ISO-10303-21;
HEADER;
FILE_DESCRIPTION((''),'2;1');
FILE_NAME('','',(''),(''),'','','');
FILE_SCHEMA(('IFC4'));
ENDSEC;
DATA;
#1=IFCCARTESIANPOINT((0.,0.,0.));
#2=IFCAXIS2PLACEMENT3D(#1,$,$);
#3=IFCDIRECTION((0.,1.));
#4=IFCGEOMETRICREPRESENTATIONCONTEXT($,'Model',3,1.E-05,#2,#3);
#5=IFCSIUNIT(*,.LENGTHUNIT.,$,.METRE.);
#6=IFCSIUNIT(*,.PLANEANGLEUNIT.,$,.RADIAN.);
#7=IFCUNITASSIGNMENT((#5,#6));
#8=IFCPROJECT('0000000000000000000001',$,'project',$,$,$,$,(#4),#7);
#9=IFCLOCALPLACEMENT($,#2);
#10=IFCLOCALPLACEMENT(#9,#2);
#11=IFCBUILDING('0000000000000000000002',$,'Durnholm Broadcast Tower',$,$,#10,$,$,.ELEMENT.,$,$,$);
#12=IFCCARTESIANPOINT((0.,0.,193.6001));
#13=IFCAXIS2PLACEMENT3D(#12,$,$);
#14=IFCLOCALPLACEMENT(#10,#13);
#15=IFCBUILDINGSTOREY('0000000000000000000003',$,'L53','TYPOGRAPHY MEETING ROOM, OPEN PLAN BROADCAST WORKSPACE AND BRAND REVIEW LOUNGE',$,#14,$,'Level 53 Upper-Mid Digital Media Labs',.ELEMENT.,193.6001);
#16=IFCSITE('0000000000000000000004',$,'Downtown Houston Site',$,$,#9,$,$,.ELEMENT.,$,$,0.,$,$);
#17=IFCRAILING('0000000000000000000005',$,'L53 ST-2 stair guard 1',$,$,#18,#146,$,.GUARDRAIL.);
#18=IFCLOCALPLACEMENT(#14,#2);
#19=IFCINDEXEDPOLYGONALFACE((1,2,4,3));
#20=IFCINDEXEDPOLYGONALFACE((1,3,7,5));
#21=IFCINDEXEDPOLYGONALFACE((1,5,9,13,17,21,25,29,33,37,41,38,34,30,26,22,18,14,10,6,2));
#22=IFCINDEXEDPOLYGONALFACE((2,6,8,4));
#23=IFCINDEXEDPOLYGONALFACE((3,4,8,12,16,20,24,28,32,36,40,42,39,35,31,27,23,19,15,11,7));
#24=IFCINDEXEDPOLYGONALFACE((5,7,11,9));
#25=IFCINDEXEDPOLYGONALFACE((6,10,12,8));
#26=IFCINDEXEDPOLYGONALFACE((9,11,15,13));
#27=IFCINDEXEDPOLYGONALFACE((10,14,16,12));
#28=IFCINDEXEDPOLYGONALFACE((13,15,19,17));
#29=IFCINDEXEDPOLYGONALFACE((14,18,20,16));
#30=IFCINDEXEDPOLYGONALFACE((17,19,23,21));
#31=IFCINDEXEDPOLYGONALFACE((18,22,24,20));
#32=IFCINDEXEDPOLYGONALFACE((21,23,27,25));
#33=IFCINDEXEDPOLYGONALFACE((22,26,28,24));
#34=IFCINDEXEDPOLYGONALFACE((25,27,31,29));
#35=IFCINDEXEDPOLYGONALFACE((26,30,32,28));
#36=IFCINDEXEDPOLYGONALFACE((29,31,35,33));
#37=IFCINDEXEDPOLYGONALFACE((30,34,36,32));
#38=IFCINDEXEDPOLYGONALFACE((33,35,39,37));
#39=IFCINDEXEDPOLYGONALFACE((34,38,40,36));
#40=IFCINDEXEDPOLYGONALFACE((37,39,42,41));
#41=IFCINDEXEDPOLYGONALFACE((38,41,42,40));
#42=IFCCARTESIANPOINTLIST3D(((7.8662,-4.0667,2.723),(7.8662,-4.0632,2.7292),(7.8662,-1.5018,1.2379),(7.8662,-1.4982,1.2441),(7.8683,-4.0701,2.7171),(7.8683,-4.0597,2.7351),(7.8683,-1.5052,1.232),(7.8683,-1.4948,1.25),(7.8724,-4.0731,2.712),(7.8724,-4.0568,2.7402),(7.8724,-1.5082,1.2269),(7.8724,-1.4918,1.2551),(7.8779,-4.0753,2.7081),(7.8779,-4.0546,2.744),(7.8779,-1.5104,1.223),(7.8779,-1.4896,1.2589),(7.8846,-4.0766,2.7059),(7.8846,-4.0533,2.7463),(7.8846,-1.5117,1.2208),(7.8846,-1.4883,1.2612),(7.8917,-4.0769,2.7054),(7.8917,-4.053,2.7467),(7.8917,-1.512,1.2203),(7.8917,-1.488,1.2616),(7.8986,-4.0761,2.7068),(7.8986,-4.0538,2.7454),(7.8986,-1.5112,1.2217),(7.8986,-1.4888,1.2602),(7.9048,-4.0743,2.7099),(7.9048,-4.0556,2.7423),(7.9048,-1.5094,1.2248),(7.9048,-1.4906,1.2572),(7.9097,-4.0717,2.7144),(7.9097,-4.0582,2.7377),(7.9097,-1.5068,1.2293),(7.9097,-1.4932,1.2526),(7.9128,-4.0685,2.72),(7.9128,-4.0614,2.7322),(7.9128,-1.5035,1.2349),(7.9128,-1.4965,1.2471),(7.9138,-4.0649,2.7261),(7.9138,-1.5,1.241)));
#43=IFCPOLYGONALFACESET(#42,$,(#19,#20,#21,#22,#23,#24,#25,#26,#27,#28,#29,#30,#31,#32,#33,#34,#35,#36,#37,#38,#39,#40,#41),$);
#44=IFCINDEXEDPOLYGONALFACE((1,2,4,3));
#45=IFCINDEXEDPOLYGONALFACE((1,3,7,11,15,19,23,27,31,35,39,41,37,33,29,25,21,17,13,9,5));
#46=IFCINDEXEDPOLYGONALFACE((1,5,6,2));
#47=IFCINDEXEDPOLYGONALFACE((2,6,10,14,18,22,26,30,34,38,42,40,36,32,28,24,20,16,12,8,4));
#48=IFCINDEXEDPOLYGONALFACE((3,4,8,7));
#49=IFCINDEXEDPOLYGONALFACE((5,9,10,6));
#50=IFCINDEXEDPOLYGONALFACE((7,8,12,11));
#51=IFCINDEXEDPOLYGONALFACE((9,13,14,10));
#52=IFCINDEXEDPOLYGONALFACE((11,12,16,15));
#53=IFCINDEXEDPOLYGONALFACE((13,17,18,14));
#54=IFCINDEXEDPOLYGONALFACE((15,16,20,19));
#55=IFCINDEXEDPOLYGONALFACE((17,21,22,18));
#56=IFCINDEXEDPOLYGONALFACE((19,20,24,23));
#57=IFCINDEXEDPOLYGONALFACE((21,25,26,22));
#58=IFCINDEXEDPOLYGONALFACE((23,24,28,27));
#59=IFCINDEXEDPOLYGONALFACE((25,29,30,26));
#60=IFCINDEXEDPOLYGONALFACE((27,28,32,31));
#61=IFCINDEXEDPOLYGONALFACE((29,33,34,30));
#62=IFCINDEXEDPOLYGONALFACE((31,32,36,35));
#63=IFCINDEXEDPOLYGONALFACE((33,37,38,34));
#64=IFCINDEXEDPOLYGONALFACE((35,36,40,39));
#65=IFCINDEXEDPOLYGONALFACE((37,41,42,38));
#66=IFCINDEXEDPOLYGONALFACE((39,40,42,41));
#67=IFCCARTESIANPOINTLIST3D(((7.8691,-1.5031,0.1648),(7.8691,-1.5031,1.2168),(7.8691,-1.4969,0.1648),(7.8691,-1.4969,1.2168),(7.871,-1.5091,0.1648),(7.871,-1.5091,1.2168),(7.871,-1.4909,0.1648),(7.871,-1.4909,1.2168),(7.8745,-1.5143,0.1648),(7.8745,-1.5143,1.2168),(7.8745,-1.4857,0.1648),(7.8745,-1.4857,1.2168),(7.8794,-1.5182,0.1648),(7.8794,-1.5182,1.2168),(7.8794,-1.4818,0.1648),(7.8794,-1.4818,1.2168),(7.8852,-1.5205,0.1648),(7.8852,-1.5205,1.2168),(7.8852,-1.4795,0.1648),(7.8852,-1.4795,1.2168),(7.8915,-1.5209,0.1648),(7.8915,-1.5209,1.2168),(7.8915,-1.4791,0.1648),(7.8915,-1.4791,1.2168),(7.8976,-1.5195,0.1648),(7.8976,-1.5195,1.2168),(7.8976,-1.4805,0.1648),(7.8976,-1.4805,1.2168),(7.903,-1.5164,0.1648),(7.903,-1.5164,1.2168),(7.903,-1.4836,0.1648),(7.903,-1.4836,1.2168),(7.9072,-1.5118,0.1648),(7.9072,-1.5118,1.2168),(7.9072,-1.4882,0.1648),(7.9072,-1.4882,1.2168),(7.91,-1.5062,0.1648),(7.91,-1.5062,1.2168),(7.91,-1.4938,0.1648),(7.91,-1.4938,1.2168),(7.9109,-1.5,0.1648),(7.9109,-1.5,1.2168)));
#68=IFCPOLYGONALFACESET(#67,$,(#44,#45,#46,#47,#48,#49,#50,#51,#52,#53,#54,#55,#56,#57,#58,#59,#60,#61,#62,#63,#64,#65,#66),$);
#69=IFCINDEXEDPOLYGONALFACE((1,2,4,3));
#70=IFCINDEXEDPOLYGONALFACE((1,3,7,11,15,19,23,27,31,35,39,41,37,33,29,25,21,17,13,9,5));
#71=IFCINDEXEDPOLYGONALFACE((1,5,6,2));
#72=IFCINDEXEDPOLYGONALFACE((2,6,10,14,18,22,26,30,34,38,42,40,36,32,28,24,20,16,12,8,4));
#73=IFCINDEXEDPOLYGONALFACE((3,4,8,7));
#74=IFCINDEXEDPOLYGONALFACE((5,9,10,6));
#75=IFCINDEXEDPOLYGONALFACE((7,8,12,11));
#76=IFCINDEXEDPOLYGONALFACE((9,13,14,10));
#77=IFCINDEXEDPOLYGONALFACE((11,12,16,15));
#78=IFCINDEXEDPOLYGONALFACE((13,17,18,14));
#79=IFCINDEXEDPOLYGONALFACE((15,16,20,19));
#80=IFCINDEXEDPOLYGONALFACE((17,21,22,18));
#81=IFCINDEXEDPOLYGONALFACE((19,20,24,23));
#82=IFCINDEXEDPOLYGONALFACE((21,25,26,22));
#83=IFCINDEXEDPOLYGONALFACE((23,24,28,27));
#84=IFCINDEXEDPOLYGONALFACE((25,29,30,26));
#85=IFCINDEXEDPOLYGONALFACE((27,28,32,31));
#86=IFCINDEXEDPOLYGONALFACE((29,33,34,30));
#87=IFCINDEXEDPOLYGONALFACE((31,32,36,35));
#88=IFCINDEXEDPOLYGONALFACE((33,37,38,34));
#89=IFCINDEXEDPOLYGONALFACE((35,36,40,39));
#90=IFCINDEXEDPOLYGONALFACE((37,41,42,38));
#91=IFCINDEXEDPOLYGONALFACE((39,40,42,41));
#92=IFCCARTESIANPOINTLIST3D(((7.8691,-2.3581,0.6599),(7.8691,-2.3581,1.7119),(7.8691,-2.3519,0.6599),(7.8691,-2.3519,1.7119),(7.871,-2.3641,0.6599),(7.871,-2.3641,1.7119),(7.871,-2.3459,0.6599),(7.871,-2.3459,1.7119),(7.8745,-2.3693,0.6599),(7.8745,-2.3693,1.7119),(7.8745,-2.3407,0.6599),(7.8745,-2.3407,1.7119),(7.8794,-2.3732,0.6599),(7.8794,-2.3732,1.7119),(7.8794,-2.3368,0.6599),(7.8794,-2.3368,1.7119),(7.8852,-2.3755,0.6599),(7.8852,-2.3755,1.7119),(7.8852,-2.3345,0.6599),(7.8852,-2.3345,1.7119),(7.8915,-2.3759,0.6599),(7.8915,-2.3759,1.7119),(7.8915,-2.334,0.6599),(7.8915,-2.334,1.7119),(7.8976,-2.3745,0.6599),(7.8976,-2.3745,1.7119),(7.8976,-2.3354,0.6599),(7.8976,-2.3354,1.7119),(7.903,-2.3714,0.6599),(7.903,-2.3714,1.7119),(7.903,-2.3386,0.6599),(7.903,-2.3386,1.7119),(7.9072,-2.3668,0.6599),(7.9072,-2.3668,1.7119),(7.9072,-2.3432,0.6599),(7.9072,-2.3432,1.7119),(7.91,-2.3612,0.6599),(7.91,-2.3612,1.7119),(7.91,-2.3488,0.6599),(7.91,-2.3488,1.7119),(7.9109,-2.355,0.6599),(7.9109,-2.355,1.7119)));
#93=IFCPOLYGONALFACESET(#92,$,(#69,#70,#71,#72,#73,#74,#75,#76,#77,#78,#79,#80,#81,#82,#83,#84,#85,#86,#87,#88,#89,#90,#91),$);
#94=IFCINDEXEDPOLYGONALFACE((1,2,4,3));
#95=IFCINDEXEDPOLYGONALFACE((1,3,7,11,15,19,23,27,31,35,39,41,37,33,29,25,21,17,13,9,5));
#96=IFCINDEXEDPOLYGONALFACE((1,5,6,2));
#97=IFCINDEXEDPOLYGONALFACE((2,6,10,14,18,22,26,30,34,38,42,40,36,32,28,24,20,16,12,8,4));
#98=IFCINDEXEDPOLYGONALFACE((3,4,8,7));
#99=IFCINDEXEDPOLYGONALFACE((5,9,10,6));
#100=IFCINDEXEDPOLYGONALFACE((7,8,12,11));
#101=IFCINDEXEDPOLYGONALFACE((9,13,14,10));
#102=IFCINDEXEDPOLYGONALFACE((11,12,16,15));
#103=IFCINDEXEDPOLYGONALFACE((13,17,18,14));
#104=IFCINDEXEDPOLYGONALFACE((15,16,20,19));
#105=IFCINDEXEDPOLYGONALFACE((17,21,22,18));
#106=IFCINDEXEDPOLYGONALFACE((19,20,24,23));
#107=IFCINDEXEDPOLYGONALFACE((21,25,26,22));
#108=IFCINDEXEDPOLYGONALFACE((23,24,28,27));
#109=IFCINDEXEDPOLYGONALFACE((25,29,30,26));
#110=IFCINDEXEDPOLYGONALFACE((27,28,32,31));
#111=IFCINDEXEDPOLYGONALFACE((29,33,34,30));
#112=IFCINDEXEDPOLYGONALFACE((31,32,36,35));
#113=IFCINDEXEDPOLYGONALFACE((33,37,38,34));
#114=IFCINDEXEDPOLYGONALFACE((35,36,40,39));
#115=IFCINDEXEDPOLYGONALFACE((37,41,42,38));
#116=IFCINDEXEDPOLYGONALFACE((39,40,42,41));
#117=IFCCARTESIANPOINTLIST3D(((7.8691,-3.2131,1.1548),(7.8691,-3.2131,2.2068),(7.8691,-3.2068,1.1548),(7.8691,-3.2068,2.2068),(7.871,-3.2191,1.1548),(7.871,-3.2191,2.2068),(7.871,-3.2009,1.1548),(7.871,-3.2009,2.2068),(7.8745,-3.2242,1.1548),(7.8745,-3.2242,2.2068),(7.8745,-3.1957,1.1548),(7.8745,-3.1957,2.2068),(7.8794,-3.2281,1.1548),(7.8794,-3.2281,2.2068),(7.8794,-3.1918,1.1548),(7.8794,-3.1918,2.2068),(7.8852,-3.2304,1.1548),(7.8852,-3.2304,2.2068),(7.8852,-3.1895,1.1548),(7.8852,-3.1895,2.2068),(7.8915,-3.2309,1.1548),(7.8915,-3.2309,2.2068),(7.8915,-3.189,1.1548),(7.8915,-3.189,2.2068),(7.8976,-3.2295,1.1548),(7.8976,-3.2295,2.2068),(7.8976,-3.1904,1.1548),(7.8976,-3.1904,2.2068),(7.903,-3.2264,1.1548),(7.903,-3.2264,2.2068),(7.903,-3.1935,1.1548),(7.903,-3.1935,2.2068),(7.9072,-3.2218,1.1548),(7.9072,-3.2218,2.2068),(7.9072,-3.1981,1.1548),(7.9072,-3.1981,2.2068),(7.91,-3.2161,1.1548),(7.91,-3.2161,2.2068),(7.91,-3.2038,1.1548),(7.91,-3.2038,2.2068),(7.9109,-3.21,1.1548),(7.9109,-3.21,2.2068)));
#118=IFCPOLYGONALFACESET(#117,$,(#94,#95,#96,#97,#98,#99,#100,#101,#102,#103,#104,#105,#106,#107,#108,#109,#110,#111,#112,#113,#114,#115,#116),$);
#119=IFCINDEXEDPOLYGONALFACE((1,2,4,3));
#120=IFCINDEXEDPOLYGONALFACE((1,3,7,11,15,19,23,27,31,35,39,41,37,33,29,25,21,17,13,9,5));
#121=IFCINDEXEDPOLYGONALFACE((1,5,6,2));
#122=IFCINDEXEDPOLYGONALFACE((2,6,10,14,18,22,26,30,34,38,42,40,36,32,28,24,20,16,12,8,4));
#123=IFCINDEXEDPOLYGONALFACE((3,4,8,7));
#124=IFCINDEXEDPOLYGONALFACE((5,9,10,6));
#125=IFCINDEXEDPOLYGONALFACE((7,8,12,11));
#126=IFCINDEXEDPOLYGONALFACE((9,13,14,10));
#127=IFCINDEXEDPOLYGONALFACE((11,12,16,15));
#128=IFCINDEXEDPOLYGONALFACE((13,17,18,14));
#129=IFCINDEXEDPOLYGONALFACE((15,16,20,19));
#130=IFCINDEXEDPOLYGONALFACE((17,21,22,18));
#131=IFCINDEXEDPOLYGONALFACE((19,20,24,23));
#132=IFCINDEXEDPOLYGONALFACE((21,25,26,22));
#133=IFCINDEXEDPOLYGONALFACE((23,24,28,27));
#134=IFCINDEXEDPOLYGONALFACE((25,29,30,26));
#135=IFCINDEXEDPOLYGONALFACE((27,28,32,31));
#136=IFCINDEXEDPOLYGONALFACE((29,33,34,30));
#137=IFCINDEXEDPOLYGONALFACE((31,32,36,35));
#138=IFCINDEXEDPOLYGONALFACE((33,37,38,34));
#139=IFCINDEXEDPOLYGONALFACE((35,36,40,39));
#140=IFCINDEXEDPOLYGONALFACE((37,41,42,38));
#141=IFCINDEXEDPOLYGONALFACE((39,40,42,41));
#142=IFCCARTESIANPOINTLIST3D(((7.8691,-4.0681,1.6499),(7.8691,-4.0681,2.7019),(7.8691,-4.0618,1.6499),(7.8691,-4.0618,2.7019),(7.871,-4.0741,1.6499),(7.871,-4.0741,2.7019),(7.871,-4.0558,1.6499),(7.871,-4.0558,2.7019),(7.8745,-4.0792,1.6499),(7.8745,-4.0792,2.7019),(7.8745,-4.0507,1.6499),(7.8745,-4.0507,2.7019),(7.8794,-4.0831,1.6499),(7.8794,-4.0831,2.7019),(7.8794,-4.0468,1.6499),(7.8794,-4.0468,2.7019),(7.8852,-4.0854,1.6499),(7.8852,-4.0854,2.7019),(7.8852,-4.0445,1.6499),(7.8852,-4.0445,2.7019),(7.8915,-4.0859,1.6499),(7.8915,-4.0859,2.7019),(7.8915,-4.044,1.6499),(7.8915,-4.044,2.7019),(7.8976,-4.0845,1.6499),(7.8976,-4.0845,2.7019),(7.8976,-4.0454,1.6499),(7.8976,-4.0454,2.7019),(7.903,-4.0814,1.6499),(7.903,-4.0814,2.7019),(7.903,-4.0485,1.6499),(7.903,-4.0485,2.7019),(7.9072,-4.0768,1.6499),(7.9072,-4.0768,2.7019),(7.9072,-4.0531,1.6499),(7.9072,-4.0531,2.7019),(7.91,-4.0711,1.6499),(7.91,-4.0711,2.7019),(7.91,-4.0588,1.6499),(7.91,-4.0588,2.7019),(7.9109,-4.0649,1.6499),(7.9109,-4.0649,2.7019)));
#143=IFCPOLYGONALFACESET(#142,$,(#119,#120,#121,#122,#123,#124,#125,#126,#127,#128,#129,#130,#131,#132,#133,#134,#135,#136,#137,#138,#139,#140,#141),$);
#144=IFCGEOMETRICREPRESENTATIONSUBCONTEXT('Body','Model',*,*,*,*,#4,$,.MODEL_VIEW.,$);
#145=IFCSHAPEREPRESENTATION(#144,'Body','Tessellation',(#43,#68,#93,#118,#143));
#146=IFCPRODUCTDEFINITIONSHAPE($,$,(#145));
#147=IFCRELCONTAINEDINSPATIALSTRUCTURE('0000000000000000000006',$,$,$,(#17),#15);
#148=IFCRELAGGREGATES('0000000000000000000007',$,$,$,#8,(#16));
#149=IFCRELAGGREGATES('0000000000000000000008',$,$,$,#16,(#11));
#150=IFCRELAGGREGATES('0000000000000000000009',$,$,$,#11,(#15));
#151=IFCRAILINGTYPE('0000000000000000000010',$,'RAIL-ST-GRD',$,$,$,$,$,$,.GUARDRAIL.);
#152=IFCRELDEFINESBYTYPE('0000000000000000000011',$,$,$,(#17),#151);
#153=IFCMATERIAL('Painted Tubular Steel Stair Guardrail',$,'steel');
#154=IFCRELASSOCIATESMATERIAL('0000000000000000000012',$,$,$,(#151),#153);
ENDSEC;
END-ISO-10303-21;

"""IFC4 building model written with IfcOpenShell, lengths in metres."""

from ifc_helpers import new_model, si_unit, direction, frame, origin, origin_2d, place, context, subcontext, project, spatial, circle, extrude, material, type_object, element, save


model = new_model("IFC4")

# Units and contexts
model_context = context("Model", 3, precision=1e-05, world=origin(), true_north=direction((0.0, 1.0)))
body_context = subcontext(model_context, "Body", "Model", "MODEL_VIEW")
ifc_project = project(units=[si_unit("LENGTHUNIT", "METRE"), si_unit("PLANEANGLEUNIT", "RADIAN")], contexts=[model_context])

# Site, building, storey
site_placement = place(None, origin())
site = spatial("IfcSite", under=ifc_project, at=site_placement, Name="Downtown Houston Site", CompositionType="ELEMENT", RefElevation=0.0)
building_placement = place(site_placement, origin())
building = spatial("IfcBuilding", under=site, at=building_placement, Name="Durnholm Broadcast Tower", CompositionType="ELEMENT")
storey_placement = place(building_placement, frame((0.0, 0.0, 193.6001)))
storey = spatial("IfcBuildingStorey", under=building, at=storey_placement, Name="L53", Description="TYPOGRAPHY MEETING ROOM, OPEN PLAN BROADCAST WORKSPACE AND BRAND REVIEW LOUNGE", LongName="Level 53 Upper-Mid Digital Media Labs", CompositionType="ELEMENT", Elevation=193.6001)

# Railing
ifc_material_1 = material(Name="Painted Tubular Steel Stair Guardrail", Category="steel")
railing_type_1 = type_object("IfcRailingType", Name="RAIL-ST-GRD", PredefinedType="GUARDRAIL", material=ifc_material_1)
railing_1_placement = place(storey_placement, frame((7.8899, -1.5, 0.1648)))
element("IfcRailing", 1, at=railing_1_placement, inside=storey, type_object=railing_type_1, Name="L53 ST-2 stair guard 1", PredefinedType="GUARDRAIL", context=body_context, shape_type="SweptSolid", body=[
    extrude(circle(Radius=0.0239, at=origin_2d()), frame((0.0, 0.0, 1.0762), z_axis=(0.0, -0.865406, 0.501072), x_axis=(1.0, 0.0, 0.0)), (0.0, 0.0, 1.0), 2.9639),
    extrude(circle(Radius=0.021, at=origin_2d()), origin(), (0.0, 0.0, 1.0), 1.052),
    extrude(circle(Radius=0.021, at=origin_2d()), frame((0.0, -0.855, 0.4951)), (0.0, 0.0, 1.0), 1.052),
    extrude(circle(Radius=0.021, at=origin_2d()), frame((0.0, -1.71, 0.99)), (0.0, 0.0, 1.0), 1.052),
    extrude(circle(Radius=0.021, at=origin_2d()), frame((0.0, -2.5649, 1.4851)), (0.0, 0.0, 1.0), 1.052),
])

save(model, "model.ifc")
